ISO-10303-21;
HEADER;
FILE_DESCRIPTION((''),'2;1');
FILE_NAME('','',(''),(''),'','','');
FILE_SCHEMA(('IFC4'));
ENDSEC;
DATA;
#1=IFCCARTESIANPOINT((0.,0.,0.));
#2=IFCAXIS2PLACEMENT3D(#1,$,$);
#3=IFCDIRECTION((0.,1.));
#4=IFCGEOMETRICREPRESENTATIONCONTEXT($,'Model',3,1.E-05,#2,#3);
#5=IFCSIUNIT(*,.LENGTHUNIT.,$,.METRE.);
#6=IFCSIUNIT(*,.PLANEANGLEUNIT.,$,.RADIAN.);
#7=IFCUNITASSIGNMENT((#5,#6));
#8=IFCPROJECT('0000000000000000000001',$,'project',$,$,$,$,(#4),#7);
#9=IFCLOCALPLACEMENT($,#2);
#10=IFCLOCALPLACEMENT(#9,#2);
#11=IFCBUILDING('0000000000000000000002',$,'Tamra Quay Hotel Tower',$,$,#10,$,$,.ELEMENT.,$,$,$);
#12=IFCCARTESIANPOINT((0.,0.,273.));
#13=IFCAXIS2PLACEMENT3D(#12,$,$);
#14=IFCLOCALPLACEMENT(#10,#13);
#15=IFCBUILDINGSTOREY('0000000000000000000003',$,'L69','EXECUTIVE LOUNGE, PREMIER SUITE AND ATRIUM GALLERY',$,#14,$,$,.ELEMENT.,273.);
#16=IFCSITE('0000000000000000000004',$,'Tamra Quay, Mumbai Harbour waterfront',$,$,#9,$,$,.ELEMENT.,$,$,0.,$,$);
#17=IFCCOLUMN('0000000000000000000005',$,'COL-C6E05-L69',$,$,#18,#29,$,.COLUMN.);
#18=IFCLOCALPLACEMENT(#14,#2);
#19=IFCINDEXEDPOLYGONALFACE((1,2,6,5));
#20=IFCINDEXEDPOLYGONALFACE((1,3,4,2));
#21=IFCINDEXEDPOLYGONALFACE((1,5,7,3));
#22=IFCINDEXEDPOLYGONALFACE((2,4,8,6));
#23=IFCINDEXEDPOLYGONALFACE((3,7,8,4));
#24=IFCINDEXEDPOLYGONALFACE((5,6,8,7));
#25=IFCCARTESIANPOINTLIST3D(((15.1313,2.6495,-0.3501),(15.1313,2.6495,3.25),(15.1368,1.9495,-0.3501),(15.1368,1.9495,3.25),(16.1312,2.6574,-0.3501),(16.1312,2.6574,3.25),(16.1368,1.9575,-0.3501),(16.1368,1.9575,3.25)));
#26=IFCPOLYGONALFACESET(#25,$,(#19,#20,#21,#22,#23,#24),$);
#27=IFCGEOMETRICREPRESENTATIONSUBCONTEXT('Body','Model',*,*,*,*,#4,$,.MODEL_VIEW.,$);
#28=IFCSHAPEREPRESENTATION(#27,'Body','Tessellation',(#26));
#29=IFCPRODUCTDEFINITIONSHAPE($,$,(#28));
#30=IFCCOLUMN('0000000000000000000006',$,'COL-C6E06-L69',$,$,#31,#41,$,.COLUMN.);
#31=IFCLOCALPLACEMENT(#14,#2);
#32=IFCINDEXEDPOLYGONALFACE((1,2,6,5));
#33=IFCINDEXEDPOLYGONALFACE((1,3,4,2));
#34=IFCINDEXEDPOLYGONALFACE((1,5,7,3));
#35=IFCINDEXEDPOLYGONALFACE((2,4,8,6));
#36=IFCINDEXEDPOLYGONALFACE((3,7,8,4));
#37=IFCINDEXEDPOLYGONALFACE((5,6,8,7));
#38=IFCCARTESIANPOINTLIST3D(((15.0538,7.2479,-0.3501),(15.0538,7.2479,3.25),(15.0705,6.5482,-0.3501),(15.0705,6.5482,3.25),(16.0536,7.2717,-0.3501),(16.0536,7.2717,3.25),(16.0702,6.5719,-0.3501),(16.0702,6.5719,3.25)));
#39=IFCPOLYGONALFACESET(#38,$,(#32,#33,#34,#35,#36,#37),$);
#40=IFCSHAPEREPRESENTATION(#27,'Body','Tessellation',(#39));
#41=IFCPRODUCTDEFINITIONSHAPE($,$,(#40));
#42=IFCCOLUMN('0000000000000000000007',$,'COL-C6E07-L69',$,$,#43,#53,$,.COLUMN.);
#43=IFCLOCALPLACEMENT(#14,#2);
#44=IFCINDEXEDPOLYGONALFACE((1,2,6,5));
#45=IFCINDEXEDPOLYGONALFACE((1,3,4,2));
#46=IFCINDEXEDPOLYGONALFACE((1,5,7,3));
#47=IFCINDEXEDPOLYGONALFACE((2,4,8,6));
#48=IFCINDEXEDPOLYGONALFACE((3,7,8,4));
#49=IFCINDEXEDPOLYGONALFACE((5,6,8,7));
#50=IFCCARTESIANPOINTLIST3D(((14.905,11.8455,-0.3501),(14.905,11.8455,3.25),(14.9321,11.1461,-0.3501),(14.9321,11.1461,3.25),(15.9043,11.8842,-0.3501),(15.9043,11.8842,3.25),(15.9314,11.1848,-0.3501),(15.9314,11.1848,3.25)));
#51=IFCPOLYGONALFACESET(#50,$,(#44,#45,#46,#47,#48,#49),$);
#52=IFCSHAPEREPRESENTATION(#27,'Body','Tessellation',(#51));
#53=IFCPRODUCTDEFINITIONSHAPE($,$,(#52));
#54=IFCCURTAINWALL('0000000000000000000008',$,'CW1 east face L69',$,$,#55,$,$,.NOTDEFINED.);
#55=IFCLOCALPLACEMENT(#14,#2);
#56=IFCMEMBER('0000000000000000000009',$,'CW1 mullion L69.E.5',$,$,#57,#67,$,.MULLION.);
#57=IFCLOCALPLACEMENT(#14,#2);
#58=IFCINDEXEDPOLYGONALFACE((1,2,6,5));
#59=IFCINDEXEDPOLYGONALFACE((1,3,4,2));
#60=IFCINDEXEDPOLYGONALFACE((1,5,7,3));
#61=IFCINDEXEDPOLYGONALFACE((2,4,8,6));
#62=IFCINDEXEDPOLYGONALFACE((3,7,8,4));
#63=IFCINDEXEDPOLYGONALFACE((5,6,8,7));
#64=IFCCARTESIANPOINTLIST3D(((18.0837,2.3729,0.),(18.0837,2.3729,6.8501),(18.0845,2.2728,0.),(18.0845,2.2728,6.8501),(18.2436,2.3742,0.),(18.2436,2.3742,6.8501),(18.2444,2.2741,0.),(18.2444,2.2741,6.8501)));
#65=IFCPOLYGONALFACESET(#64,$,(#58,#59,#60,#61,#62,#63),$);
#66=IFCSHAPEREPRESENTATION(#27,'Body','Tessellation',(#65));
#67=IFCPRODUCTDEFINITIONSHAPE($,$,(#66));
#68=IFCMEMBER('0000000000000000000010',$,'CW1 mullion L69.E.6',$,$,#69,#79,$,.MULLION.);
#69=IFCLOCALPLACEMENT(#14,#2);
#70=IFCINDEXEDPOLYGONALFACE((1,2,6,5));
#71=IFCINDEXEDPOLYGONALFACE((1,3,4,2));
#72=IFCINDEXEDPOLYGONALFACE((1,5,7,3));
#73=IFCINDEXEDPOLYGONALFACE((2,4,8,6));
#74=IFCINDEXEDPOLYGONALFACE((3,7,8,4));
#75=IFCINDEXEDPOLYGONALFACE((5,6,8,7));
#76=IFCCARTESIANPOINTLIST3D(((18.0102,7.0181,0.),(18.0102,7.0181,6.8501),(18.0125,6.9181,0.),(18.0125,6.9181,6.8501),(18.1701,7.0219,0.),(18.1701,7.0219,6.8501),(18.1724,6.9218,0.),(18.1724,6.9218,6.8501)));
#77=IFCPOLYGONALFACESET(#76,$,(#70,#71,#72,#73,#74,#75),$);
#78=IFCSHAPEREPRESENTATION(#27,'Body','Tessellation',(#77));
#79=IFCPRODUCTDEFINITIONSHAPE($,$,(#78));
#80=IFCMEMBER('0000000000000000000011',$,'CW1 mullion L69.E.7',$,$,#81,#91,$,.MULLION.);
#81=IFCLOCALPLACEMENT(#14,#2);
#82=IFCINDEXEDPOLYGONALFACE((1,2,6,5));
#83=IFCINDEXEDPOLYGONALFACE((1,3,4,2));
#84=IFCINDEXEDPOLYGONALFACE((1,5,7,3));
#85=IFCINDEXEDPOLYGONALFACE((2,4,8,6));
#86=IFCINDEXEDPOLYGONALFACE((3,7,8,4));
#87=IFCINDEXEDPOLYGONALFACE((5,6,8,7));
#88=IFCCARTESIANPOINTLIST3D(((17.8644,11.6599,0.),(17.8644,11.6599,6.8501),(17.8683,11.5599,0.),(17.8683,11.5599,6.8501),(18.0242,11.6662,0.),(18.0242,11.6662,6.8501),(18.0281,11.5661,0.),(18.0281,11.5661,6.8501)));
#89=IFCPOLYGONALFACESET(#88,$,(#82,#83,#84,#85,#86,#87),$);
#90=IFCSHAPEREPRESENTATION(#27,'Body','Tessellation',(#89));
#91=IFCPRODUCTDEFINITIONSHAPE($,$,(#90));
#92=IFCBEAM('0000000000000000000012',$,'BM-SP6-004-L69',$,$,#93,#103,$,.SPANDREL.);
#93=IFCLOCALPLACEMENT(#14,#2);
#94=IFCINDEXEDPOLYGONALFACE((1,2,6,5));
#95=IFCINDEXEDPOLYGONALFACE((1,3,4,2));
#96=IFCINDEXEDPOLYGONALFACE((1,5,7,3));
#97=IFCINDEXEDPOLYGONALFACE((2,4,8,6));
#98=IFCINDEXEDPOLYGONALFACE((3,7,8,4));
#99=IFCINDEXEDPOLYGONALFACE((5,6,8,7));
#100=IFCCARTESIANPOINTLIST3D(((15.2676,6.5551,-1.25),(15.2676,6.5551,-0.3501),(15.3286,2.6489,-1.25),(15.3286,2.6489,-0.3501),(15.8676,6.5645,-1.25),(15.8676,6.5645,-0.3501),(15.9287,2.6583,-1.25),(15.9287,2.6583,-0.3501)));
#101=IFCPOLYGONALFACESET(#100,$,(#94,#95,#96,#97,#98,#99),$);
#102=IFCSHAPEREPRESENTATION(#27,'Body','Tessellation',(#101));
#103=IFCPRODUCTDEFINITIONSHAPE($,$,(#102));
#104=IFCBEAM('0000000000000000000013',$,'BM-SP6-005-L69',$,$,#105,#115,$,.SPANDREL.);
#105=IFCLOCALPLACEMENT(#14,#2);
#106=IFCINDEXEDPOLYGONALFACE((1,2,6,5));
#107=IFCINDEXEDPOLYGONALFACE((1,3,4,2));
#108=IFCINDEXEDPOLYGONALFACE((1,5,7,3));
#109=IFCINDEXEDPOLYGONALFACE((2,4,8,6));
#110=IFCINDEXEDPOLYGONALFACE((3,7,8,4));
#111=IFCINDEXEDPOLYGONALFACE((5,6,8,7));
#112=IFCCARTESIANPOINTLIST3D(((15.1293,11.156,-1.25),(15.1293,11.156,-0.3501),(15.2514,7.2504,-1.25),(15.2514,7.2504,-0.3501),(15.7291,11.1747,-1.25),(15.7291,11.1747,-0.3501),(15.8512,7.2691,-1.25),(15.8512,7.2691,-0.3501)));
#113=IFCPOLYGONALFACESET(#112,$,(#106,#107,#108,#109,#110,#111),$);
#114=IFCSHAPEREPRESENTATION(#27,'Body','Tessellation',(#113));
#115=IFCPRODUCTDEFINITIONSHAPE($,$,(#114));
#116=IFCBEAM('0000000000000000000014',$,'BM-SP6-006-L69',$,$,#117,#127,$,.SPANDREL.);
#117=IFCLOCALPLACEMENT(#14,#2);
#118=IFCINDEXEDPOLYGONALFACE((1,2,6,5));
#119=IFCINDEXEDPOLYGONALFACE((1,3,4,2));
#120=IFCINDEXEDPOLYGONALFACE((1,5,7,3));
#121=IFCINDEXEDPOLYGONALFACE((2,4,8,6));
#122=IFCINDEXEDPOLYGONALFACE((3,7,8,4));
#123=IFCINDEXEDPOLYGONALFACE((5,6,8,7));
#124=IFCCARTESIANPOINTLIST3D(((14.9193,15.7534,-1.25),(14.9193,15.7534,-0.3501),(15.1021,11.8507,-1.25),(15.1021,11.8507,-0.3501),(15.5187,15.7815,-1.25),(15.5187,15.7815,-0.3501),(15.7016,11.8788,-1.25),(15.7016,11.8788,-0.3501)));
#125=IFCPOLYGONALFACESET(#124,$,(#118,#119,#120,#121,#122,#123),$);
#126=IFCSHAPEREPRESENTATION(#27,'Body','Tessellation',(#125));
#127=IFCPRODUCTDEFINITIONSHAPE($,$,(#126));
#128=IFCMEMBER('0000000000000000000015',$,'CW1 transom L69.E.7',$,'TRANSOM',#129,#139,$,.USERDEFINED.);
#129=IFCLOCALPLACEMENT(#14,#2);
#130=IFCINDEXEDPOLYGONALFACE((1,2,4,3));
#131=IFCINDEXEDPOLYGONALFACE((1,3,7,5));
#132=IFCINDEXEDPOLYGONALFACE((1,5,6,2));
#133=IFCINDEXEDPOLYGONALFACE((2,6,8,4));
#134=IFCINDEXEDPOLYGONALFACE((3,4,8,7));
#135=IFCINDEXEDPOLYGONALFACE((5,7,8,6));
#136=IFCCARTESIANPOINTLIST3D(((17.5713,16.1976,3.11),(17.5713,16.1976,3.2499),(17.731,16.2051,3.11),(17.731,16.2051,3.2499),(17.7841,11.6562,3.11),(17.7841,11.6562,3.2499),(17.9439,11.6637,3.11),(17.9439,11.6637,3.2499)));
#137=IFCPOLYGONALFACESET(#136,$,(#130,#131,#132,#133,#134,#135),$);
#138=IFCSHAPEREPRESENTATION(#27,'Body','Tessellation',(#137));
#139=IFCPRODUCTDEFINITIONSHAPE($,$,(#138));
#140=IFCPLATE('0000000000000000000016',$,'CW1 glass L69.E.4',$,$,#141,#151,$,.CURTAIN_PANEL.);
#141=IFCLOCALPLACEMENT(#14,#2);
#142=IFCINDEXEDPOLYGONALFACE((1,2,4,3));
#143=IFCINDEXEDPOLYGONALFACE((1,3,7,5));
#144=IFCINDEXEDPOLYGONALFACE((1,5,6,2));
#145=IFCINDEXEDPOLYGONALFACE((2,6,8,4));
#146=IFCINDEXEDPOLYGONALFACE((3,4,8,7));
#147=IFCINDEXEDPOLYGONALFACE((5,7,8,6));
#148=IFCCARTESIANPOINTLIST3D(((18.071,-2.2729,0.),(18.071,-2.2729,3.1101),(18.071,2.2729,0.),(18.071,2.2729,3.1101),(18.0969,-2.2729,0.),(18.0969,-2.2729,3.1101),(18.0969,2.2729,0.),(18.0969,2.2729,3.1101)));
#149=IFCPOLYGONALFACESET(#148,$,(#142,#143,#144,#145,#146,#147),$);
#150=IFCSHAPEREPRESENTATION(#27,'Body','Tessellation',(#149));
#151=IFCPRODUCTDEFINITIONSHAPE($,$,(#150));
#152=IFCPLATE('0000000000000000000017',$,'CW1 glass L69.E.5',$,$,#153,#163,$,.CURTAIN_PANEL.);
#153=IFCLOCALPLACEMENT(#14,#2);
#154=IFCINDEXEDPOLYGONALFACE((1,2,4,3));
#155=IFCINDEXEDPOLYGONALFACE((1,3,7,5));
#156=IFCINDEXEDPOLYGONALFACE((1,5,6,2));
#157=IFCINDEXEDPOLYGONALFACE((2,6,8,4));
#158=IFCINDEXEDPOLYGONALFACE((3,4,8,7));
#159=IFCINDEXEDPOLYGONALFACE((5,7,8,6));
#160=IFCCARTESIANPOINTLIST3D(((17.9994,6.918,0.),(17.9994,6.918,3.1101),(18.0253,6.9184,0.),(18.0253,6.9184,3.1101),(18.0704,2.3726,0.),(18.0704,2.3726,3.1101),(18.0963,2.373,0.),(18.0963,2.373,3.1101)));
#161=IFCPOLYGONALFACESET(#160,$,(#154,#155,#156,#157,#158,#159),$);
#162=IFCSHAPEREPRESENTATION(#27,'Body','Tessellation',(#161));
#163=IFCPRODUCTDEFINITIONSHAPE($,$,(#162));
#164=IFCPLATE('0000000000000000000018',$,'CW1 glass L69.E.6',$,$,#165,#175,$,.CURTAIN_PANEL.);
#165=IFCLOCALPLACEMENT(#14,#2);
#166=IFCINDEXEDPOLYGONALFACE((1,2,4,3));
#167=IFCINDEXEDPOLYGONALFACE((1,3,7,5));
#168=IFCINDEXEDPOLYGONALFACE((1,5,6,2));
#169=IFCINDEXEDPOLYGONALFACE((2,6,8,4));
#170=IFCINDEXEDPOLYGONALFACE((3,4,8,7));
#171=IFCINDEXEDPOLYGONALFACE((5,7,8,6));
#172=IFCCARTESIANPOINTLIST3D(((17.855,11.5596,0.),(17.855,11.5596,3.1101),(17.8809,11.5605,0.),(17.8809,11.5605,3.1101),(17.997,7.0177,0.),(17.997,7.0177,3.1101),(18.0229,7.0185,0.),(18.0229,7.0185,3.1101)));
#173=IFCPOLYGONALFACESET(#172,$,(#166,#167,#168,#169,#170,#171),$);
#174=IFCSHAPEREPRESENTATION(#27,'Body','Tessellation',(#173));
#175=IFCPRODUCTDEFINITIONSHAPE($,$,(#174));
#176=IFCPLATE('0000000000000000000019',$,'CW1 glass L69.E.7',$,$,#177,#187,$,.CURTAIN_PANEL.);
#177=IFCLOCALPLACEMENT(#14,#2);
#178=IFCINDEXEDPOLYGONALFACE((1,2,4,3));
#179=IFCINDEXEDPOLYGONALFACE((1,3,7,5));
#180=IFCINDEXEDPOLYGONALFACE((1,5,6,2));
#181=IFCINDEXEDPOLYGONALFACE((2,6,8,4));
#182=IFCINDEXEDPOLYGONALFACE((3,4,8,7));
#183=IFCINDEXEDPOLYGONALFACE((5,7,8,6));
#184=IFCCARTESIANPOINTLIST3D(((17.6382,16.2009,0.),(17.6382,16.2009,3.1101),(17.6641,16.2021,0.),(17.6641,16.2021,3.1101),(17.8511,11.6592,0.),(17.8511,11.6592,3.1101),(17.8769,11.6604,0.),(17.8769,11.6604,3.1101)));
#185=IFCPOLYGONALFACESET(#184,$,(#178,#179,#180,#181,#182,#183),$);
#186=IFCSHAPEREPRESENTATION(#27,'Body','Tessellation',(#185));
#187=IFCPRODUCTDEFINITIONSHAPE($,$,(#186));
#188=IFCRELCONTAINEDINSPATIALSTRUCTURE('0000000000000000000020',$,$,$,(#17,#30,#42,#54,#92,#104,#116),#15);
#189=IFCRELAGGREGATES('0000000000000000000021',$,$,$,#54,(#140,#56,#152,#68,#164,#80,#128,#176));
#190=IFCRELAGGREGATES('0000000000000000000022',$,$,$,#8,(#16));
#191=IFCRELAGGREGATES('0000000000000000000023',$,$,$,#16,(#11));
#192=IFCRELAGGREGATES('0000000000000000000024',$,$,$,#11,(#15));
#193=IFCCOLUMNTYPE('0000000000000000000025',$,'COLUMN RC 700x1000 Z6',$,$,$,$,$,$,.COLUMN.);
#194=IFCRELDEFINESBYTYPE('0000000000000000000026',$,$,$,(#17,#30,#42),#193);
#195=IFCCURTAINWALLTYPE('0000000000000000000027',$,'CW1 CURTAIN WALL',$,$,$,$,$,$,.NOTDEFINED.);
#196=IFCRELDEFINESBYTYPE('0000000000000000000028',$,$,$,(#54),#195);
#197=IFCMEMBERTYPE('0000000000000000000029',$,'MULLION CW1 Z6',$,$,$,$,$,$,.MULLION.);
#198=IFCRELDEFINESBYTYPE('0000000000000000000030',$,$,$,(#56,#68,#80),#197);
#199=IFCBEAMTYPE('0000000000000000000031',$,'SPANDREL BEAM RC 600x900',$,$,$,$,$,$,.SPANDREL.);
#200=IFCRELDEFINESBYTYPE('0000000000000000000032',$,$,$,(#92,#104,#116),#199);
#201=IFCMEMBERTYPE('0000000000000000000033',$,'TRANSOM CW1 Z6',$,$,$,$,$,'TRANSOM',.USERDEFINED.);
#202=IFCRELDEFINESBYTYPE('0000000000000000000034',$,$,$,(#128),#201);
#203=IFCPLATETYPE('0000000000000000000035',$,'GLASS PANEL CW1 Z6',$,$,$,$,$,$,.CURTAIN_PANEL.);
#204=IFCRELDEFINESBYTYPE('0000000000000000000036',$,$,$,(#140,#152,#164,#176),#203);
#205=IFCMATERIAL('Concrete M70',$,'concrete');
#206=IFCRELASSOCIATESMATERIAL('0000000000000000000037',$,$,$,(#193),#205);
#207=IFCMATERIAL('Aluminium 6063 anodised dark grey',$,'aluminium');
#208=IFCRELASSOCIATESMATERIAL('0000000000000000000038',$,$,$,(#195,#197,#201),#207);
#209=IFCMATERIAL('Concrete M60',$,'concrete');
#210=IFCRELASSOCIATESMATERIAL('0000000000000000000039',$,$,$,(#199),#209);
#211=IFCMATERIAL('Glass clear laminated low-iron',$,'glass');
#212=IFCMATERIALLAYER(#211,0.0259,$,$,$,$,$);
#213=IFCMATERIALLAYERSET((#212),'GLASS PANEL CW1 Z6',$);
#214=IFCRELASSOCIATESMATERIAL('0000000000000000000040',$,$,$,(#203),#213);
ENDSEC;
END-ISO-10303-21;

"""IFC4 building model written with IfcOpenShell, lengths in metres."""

from ifc_helpers import new_model, si_unit, direction, frame, origin, origin_2d, place, context, subcontext, project, spatial, rectangle, extrude, material, layer, layer_set, material_profile, profile_set, type_object, element, aggregate, save


model = new_model("IFC4")

# Units and contexts
model_context = context("Model", 3, precision=1e-05, world=origin(), true_north=direction((0.0, 1.0)))
body_context = subcontext(model_context, "Body", "Model", "MODEL_VIEW")
ifc_project = project(units=[si_unit("LENGTHUNIT", "METRE"), si_unit("PLANEANGLEUNIT", "RADIAN")], contexts=[model_context])

# Site, building, storey
site_placement = place(None, origin())
site = spatial("IfcSite", under=ifc_project, at=site_placement, Name="Tamra Quay, Mumbai Harbour waterfront", CompositionType="ELEMENT", RefElevation=0.0)
building_placement = place(site_placement, origin())
building = spatial("IfcBuilding", under=site, at=building_placement, Name="Tamra Quay Hotel Tower", CompositionType="ELEMENT")
storey_placement = place(building_placement, frame((0.0, 0.0, 273.0)))
storey = spatial("IfcBuildingStorey", under=building, at=storey_placement, Name="L69", Description="EXECUTIVE LOUNGE, PREMIER SUITE AND ATRIUM GALLERY", CompositionType="ELEMENT", Elevation=273.0)

# Columns
ifc_material_1 = material(Name="Concrete M70", Category="concrete")
ifc_material_profile_1 = material_profile(ifc_material_1, rectangle(XDim=1.0, YDim=0.7, at=origin_2d()), Name="COLUMN RC 700x1000 Z6")
ifc_profile_set_1 = profile_set([ifc_material_profile_1], Name="Concrete M70")
column_type = type_object("IfcColumnType", Name="COLUMN RC 700x1000 Z6", PredefinedType="COLUMN", material=ifc_profile_set_1)
for number, where, z_axis, x_axis, name in (
    (1, (15.634, 2.3035, -0.3501), (0.0, 0.0, 1.0), (0.999969, 0.00792, 0.0), "COL-C6E05-L69"),
    (2, (15.562, 6.9099, -0.3501), (0.0, 0.0, 1.0), (0.999718, 0.023753, 0.0), "COL-C6E06-L69"),
    (3, (15.4182, 11.5151, -0.3501), (0.0, 0.0, 1.0), (0.999251, 0.038691, 0.0), "COL-C6E07-L69"),
):
    element("IfcColumn", number, at=place(storey_placement, frame(where, z_axis=z_axis, x_axis=x_axis)), inside=storey, type_object=column_type, Name=name, PredefinedType="COLUMN", context=body_context, shape_type="SweptSolid", body=[
        extrude(rectangle(XDim=1.0, YDim=0.7, at=origin_2d()), origin(), (0.0, 0.0, 1.0), 3.6001),
    ])

# Curtain wall, members
ifc_material_2 = material(Name="Aluminium 6063 anodised dark grey", Category="aluminium")
curtain_wall_type = type_object("IfcCurtainWallType", Name="CW1 CURTAIN WALL", PredefinedType="NOTDEFINED", material=ifc_material_2)
curtain_wall_placement = place(storey_placement, origin())
curtain_wall = element("IfcCurtainWall", 4, at=curtain_wall_placement, inside=storey, type_object=curtain_wall_type, Name="CW1 east face L69", PredefinedType="NOTDEFINED")
ifc_material_profile_2 = material_profile(ifc_material_2, rectangle(XDim=0.1599, YDim=0.1001, at=origin_2d()), Name="MULLION 100X160")
ifc_profile_set_2 = profile_set([ifc_material_profile_2], Name="Aluminium 6063 anodised dark grey")
member_type_1 = type_object("IfcMemberType", Name="MULLION CW1 Z6", PredefinedType="MULLION", material=ifc_profile_set_2)
member_1_placement = place(storey_placement, frame((18.1641, 2.3235, 0.0), z_axis=(0.0, 0.0, 1.0), x_axis=(0.999969, 0.007817, 0.0)))
member_1 = element("IfcMember", 5, at=member_1_placement, type_object=member_type_1, Name="CW1 mullion L69.E.5", PredefinedType="MULLION", context=body_context, shape_type="SweptSolid", body=[
    extrude(rectangle(XDim=0.1599, YDim=0.1001, at=origin_2d()), origin(), (0.0, 0.0, 1.0), 6.8501),
])
member_2_placement = place(storey_placement, frame((18.0913, 6.97, 0.0), z_axis=(0.0, 0.0, 1.0), x_axis=(0.999725, 0.023438, 0.0)))
member_2 = element("IfcMember", 6, at=member_2_placement, type_object=member_type_1, Name="CW1 mullion L69.E.6", PredefinedType="MULLION", context=body_context, shape_type="SweptSolid", body=[
    extrude(rectangle(XDim=0.1599, YDim=0.1001, at=origin_2d()), origin(), (0.0, 0.0, 1.0), 6.8501),
])
member_3_placement = place(storey_placement, frame((17.9463, 11.613, 0.0), z_axis=(0.0, 0.0, 1.0), x_axis=(0.999238, 0.039033, 0.0)))
member_3 = element("IfcMember", 7, at=member_3_placement, type_object=member_type_1, Name="CW1 mullion L69.E.7", PredefinedType="MULLION", context=body_context, shape_type="SweptSolid", body=[
    extrude(rectangle(XDim=0.1599, YDim=0.1001, at=origin_2d()), origin(), (0.0, 0.0, 1.0), 6.8501),
])

# Beams
ifc_material_3 = material(Name="Concrete M60", Category="concrete")
ifc_material_profile_3 = material_profile(ifc_material_3, rectangle(XDim=0.6001, YDim=0.8999, at=origin_2d()), Name="SPANDREL BEAM RC 600x900")
ifc_profile_set_3 = profile_set([ifc_material_profile_3], Name="Concrete M60")
beam_type = type_object("IfcBeamType", Name="SPANDREL BEAM RC 600x900", PredefinedType="SPANDREL", material=ifc_profile_set_3)
beam_1_placement = place(storey_placement, frame((15.6287, 2.6536, -0.8), z_axis=(-0.015623, 0.999878, 0.0), x_axis=(-0.999878, -0.015623, 0.0)))
element("IfcBeam", 8, at=beam_1_placement, inside=storey, type_object=beam_type, Name="BM-SP6-004-L69", PredefinedType="SPANDREL", context=body_context, shape_type="SweptSolid", body=[
    extrude(rectangle(XDim=0.6001, YDim=0.8999, at=origin_2d()), origin(), (0.0, 0.0, 1.0), 3.9067),
])
beam_2_placement = place(storey_placement, frame((15.5513, 7.2598, -0.8), z_axis=(-0.031241, 0.999512, 0.0), x_axis=(-0.999512, -0.031241, 0.0)))
element("IfcBeam", 9, at=beam_2_placement, inside=storey, type_object=beam_type, Name="BM-SP6-005-L69", PredefinedType="SPANDREL", context=body_context, shape_type="SweptSolid", body=[
    extrude(rectangle(XDim=0.6001, YDim=0.8999, at=origin_2d()), origin(), (0.0, 0.0, 1.0), 3.9075),
])
beam_3_placement = place(storey_placement, frame((15.4019, 11.8647, -0.8), z_axis=(-0.046805, 0.998904, 0.0), x_axis=(-0.998904, -0.046805, 0.0)))
element("IfcBeam", 10, at=beam_3_placement, inside=storey, type_object=beam_type, Name="BM-SP6-006-L69", PredefinedType="SPANDREL", context=body_context, shape_type="SweptSolid", body=[
    extrude(rectangle(XDim=0.6001, YDim=0.8999, at=origin_2d()), origin(), (0.0, 0.0, 1.0), 3.907),
])

# Member
ifc_material_profile_4 = material_profile(ifc_material_2, rectangle(XDim=0.1599, YDim=0.1399, at=origin_2d()), Name="TRANSOM 160X140")
ifc_profile_set_4 = profile_set([ifc_material_profile_4], Name="Aluminium 6063 anodised dark grey")
member_type_2 = type_object("IfcMemberType", Name="TRANSOM CW1 Z6", ElementType="TRANSOM", PredefinedType="USERDEFINED", material=ifc_profile_set_4)
member_4_placement = place(storey_placement, frame((17.864, 11.6599, 3.1799), z_axis=(-0.046825, 0.998903, 0.0), x_axis=(-0.998903, -0.046825, 0.0)))
member_4 = element("IfcMember", 11, at=member_4_placement, type_object=member_type_2, Name="CW1 transom L69.E.7", ObjectType="TRANSOM", PredefinedType="USERDEFINED", context=body_context, shape_type="SweptSolid", body=[
    extrude(rectangle(XDim=0.1599, YDim=0.1399, at=origin_2d()), origin(), (0.0, 0.0, 1.0), 4.5464),
])

# Plates
ifc_material_4 = material(Name="Glass clear laminated low-iron", Category="glass")
ifc_layer_1 = layer(ifc_material_4, 0.0259)
ifc_layer_set_1 = layer_set([ifc_layer_1], Name="GLASS PANEL CW1 Z6")
plate_type = type_object("IfcPlateType", Name="GLASS PANEL CW1 Z6", PredefinedType="CURTAIN_PANEL", material=ifc_layer_set_1)
plate_1_placement = place(storey_placement, frame((18.084, 0.0, 0.0), z_axis=(0.0, 0.0, 1.0), x_axis=(0.0, 1.0, 0.0)))
plate_1 = element("IfcPlate", 12, at=plate_1_placement, type_object=plate_type, Name="CW1 glass L69.E.4", PredefinedType="CURTAIN_PANEL", context=body_context, shape_type="SweptSolid", body=[
    extrude(rectangle(XDim=4.5459, YDim=0.0259, at=origin_2d()), origin(), (0.0, 0.0, 1.0), 3.1101),
])
plate_2_placement = place(storey_placement, frame((18.0479, 4.6455, 0.0), z_axis=(0.0, 0.0, 1.0), x_axis=(-0.015633, 0.999878, 0.0)))
plate_2 = element("IfcPlate", 13, at=plate_2_placement, type_object=plate_type, Name="CW1 glass L69.E.5", PredefinedType="CURTAIN_PANEL", context=body_context, shape_type="SweptSolid", body=[
    extrude(rectangle(XDim=4.5459, YDim=0.0259, at=origin_2d()), origin(), (0.0, 0.0, 1.0), 3.1101),
])
plate_3_placement = place(storey_placement, frame((17.939, 9.2891, 0.0), z_axis=(0.0, 0.0, 1.0), x_axis=(-0.031242, 0.999512, 0.0)))
plate_3 = element("IfcPlate", 14, at=plate_3_placement, type_object=plate_type, Name="CW1 glass L69.E.6", PredefinedType="CURTAIN_PANEL", context=body_context, shape_type="SweptSolid", body=[
    extrude(rectangle(XDim=4.5442, YDim=0.0259, at=origin_2d()), origin(), (0.0, 0.0, 1.0), 3.1101),
])
plate_4_placement = place(storey_placement, frame((17.7576, 13.9307, 0.0), z_axis=(0.0, 0.0, 1.0), x_axis=(-0.046821, 0.998903, 0.0)))
plate_4 = element("IfcPlate", 15, at=plate_4_placement, type_object=plate_type, Name="CW1 glass L69.E.7", PredefinedType="CURTAIN_PANEL", context=body_context, shape_type="SweptSolid", body=[
    extrude(rectangle(XDim=4.5466, YDim=0.0259, at=origin_2d()), origin(), (0.0, 0.0, 1.0), 3.1101),
])
aggregate(curtain_wall, [plate_1, member_1, plate_2, member_2, plate_3, member_3, member_4, plate_4])

save(model, "model.ifc")
